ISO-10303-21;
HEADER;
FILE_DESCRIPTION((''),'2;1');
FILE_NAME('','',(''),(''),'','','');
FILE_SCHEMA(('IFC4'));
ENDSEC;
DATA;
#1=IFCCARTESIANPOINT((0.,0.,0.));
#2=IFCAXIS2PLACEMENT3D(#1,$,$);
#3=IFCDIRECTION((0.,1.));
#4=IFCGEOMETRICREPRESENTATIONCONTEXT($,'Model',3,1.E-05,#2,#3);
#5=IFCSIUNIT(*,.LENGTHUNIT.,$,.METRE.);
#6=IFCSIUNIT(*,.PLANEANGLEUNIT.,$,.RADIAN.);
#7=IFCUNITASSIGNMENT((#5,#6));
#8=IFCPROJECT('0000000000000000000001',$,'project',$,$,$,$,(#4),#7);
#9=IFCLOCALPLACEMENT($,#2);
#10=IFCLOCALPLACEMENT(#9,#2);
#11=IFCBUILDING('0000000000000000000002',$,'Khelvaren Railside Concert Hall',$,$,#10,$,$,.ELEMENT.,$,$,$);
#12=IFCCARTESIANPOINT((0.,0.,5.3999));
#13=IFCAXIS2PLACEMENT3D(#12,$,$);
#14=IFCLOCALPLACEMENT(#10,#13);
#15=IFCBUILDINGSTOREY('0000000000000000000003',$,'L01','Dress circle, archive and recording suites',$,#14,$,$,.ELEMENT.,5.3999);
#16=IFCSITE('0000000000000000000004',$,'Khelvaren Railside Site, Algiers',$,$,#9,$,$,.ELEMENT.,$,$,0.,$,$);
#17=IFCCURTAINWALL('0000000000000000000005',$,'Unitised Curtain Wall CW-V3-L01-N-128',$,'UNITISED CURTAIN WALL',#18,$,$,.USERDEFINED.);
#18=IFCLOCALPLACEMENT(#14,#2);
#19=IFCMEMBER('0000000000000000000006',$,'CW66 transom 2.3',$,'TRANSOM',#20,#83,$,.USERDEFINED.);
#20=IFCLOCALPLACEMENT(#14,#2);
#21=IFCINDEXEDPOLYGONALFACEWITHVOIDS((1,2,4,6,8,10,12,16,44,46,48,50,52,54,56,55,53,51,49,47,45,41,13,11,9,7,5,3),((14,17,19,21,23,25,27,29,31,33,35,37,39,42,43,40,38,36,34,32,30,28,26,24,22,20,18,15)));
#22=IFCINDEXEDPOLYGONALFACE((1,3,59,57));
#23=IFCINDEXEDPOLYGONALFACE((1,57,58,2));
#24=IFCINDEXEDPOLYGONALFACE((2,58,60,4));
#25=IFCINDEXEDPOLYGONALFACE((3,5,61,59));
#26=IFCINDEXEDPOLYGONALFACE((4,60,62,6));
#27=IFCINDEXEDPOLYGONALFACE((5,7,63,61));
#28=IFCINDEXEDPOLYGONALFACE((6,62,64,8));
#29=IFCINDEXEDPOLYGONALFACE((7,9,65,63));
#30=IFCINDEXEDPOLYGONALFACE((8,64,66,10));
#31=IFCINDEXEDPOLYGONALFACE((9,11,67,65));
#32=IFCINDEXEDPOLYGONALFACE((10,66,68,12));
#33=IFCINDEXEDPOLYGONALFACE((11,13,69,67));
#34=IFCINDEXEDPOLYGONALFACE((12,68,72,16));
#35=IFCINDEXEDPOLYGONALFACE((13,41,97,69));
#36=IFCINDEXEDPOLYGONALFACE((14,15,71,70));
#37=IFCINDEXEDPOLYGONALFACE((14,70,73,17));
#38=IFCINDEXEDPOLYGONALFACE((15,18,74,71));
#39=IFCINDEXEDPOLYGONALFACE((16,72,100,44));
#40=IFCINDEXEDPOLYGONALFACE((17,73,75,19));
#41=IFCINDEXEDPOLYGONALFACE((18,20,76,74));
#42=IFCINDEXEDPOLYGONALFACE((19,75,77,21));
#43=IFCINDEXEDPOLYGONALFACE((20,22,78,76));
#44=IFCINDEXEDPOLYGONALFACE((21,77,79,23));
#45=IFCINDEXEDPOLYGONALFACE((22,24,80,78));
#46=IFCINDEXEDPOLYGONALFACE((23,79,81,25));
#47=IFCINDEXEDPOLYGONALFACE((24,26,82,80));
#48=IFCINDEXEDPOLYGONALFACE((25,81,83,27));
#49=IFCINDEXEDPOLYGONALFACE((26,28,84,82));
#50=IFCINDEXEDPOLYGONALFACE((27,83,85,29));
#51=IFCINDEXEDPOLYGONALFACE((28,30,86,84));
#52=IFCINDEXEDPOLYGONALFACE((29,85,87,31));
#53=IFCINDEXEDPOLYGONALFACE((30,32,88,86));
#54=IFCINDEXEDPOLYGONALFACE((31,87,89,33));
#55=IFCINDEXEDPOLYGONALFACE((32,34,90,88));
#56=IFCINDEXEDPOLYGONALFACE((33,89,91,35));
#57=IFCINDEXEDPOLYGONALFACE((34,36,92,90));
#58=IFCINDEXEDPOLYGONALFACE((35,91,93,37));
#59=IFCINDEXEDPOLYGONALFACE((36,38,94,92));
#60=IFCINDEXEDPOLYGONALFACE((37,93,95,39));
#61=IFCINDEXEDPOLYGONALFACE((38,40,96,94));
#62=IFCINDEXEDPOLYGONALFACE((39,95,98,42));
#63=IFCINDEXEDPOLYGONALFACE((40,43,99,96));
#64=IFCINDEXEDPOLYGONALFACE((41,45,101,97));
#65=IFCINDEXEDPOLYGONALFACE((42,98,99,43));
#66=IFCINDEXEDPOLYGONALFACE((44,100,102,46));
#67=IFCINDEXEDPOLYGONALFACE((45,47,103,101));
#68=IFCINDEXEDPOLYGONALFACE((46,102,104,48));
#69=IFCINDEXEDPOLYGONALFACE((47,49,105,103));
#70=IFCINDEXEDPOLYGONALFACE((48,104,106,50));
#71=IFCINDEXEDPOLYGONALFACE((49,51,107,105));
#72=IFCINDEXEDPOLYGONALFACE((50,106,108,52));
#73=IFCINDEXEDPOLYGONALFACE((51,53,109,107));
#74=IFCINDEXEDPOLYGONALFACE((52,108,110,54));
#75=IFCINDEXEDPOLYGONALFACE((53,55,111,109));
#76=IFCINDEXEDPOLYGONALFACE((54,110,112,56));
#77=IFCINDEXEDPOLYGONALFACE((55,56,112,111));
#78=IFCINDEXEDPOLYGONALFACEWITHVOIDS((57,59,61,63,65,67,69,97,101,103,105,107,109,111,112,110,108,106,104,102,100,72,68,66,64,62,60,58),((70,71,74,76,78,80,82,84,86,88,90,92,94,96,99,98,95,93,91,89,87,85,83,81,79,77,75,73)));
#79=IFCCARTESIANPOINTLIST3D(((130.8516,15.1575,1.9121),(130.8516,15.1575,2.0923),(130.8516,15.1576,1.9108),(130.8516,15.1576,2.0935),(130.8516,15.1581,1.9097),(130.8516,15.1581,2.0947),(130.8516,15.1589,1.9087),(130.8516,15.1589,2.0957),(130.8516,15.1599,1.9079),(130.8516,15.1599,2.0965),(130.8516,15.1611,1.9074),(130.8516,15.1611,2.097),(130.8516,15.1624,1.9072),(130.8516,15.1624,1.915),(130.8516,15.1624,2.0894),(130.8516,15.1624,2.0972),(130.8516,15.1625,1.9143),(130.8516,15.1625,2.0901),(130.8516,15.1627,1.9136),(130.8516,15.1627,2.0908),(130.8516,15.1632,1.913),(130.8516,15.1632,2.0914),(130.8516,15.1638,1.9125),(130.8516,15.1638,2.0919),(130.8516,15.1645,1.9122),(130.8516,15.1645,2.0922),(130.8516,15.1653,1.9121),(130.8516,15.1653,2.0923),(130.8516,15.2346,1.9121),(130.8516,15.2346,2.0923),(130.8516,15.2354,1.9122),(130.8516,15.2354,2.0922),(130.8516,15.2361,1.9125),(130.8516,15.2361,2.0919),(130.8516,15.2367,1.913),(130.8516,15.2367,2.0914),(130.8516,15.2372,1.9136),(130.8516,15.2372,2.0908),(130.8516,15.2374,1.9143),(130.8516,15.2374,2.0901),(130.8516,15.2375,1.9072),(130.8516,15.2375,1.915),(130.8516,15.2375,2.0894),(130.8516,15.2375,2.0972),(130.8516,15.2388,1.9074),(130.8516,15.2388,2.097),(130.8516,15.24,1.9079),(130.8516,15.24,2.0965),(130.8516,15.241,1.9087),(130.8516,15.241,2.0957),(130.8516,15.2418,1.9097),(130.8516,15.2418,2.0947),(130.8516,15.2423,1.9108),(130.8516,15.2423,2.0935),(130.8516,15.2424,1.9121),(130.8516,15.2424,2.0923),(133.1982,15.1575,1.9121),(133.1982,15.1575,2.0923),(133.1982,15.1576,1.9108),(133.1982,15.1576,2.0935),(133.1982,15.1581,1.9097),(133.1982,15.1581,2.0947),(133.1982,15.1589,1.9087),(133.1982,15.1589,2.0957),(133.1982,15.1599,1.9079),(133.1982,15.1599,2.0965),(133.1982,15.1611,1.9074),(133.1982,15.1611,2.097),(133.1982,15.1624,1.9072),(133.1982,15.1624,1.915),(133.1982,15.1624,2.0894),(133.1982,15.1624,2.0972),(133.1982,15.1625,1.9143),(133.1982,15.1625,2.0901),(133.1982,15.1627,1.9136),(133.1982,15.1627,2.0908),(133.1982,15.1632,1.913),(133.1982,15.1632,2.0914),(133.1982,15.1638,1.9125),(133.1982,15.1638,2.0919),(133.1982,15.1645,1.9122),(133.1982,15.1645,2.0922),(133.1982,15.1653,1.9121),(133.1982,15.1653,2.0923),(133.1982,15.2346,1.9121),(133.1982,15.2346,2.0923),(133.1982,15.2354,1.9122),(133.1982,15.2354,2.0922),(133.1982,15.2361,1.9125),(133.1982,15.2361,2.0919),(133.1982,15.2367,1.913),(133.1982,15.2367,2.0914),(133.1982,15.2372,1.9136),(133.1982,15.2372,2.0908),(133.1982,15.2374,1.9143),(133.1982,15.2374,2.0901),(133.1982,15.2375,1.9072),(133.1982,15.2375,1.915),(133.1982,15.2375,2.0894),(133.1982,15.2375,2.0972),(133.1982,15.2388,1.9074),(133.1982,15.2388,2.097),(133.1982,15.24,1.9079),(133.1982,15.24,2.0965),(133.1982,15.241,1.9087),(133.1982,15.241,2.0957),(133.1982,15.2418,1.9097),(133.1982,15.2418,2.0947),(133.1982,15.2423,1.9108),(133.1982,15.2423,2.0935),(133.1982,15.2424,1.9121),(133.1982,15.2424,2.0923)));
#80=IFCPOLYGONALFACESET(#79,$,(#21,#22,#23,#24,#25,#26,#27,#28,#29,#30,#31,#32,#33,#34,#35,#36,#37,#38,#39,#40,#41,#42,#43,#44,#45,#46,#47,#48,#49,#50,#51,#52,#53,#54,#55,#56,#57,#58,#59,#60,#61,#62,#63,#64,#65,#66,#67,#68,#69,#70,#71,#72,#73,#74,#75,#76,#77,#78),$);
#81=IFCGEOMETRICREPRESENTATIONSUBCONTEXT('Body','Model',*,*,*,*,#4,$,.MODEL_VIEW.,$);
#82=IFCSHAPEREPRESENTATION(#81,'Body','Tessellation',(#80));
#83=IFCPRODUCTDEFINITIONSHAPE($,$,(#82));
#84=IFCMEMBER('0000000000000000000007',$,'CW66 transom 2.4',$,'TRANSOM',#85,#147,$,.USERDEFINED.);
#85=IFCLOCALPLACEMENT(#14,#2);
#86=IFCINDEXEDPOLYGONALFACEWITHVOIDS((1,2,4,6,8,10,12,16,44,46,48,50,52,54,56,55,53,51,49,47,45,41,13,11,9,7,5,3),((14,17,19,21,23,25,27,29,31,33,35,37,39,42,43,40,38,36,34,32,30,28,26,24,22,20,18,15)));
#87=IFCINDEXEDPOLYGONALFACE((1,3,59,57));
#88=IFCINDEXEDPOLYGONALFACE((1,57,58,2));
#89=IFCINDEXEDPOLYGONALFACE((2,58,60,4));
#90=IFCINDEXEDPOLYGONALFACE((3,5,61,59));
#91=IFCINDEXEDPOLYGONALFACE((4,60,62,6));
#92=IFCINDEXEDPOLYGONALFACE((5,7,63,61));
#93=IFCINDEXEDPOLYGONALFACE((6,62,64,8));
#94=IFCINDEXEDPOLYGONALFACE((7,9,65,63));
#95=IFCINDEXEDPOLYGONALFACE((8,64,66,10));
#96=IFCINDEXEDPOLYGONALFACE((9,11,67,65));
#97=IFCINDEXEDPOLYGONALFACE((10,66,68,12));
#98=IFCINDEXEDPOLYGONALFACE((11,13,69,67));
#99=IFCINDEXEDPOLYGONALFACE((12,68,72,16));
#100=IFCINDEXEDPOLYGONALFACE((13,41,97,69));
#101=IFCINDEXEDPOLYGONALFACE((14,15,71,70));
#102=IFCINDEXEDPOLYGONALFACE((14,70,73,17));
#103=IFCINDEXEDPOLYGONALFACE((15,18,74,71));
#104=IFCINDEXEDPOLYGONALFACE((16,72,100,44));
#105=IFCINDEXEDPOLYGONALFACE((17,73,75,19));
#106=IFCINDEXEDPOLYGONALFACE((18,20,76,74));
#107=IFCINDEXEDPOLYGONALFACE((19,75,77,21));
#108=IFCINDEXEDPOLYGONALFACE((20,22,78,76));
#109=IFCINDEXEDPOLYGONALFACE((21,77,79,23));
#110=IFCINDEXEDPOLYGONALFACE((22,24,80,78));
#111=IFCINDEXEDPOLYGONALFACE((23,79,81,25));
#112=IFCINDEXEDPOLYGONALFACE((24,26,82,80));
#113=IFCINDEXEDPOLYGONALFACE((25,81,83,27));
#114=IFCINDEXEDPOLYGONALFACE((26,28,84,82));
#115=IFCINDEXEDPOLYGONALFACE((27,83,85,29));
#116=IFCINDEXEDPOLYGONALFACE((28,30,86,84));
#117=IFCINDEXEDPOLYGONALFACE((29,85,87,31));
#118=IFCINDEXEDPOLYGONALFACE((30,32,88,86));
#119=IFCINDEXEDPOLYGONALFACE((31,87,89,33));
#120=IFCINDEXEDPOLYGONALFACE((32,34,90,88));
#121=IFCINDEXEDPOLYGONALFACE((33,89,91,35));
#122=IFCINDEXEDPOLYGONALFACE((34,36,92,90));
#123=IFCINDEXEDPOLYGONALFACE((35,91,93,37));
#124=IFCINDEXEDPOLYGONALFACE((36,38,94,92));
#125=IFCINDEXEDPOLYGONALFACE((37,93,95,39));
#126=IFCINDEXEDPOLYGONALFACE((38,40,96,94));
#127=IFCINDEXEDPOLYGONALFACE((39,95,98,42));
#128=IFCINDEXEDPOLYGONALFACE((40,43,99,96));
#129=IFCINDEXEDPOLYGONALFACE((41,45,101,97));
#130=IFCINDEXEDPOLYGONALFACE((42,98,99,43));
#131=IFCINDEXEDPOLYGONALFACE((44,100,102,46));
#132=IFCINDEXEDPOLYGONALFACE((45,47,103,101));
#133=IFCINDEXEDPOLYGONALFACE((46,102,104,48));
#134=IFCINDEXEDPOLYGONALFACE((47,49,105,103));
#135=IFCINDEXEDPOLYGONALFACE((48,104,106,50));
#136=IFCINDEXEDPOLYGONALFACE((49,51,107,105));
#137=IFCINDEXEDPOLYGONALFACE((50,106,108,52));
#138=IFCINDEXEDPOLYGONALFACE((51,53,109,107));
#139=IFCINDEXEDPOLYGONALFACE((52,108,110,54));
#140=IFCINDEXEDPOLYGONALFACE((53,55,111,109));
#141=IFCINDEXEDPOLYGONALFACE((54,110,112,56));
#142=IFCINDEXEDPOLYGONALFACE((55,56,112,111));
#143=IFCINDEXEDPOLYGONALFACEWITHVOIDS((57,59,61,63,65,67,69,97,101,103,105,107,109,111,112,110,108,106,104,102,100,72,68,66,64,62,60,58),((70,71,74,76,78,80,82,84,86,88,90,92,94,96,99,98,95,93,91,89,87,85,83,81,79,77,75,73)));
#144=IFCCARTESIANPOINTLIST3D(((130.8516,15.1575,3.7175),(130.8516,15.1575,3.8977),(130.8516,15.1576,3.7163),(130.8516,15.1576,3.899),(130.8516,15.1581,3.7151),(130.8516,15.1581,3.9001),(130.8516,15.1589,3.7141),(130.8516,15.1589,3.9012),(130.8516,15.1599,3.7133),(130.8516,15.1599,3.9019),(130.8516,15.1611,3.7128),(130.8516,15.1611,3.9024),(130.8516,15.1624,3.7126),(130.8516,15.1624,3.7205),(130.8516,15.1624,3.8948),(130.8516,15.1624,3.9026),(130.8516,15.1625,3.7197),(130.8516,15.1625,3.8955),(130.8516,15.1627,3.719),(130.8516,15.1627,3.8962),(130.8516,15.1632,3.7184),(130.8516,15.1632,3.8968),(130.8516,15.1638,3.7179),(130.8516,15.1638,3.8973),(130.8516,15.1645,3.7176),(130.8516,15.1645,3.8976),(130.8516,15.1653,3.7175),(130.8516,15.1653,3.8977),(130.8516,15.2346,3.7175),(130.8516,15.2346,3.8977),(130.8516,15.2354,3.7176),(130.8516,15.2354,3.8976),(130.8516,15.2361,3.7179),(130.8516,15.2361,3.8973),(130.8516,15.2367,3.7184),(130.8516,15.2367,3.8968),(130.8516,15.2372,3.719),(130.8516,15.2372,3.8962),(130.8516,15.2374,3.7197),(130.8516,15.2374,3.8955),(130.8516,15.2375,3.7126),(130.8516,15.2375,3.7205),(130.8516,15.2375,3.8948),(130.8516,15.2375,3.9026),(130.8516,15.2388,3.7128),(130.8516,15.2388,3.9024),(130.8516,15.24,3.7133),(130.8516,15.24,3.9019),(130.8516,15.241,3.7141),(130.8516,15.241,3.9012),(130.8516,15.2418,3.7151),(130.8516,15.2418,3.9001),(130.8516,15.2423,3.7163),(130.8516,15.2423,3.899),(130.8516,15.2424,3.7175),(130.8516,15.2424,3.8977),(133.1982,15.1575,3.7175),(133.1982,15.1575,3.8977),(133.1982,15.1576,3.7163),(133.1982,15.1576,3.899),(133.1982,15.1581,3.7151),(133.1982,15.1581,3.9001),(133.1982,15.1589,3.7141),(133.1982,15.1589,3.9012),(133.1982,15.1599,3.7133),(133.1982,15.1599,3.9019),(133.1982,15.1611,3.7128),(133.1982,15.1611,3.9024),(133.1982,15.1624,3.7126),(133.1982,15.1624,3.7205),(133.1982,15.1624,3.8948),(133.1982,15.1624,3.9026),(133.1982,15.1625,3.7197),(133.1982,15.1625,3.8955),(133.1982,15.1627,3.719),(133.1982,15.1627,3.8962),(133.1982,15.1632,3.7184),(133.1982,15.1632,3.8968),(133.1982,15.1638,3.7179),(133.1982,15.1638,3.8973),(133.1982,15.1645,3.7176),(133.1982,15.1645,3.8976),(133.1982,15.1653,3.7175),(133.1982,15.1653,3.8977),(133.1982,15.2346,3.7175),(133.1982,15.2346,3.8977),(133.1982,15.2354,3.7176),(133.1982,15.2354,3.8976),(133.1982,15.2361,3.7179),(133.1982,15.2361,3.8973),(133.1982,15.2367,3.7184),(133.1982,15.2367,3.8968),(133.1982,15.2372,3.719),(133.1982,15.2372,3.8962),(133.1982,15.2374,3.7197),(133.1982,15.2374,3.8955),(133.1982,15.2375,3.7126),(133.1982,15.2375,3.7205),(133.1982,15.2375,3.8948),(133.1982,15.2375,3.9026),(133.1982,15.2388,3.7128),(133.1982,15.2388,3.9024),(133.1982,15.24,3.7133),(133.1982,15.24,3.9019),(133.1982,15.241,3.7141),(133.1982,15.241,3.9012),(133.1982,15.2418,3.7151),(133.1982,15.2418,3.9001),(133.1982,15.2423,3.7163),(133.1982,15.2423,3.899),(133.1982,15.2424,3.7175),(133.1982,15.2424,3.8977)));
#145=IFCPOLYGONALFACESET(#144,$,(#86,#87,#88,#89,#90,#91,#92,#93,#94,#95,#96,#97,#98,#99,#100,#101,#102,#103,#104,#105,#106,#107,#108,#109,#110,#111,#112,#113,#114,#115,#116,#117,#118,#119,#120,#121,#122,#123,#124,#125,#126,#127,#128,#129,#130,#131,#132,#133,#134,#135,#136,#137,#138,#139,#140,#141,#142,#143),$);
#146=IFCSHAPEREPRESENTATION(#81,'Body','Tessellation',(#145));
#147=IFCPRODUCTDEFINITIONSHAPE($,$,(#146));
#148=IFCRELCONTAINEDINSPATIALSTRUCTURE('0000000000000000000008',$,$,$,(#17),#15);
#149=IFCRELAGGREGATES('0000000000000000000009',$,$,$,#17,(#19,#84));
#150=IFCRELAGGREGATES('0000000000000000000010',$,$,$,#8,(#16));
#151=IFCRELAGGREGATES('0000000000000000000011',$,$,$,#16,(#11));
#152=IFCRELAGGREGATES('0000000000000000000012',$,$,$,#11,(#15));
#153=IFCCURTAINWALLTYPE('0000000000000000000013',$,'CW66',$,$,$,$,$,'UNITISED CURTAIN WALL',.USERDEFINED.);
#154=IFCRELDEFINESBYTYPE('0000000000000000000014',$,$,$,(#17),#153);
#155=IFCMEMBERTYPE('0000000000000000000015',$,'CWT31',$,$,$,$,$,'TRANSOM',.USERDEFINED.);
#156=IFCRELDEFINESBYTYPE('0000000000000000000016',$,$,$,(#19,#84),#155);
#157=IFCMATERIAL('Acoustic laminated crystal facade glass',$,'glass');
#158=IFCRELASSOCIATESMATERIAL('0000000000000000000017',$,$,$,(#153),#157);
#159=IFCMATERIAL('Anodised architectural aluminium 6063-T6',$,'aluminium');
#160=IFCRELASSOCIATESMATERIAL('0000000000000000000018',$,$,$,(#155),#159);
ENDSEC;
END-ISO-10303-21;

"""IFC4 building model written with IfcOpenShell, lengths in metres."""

from ifc_helpers import new_model, si_unit, direction, frame, origin, origin_2d, place, context, subcontext, project, spatial, hollow_rectangle, extrude, material, material_profile, profile_set, type_object, element, aggregate, save


model = new_model("IFC4")

# Units and contexts
model_context = context("Model", 3, precision=1e-05, world=origin(), true_north=direction((0.0, 1.0)))
body_context = subcontext(model_context, "Body", "Model", "MODEL_VIEW")
ifc_project = project(units=[si_unit("LENGTHUNIT", "METRE"), si_unit("PLANEANGLEUNIT", "RADIAN")], contexts=[model_context])

# Site, building, storey
site_placement = place(None, origin())
site = spatial("IfcSite", under=ifc_project, at=site_placement, Name="Khelvaren Railside Site, Algiers", CompositionType="ELEMENT", RefElevation=0.0)
building_placement = place(site_placement, origin())
building = spatial("IfcBuilding", under=site, at=building_placement, Name="Khelvaren Railside Concert Hall", CompositionType="ELEMENT")
storey_placement = place(building_placement, frame((0.0, 0.0, 5.3999)))
storey = spatial("IfcBuildingStorey", under=building, at=storey_placement, Name="L01", Description="Dress circle, archive and recording suites", CompositionType="ELEMENT", Elevation=5.3999)

# Shared definitions
ifc_material_1 = material(Name="Acoustic laminated crystal facade glass", Category="glass")
ifc_material_2 = material(Name="Anodised architectural aluminium 6063-T6", Category="aluminium")

# Curtain wall, members
curtain_wall_type_1 = type_object("IfcCurtainWallType", Name="CW66", ElementType="UNITISED CURTAIN WALL", PredefinedType="USERDEFINED", material=ifc_material_1)
curtain_wall_1_placement = place(storey_placement, origin())
curtain_wall_1 = element("IfcCurtainWall", 1, at=curtain_wall_1_placement, inside=storey, type_object=curtain_wall_type_1, Name="Unitised Curtain Wall CW-V3-L01-N-128", ObjectType="UNITISED CURTAIN WALL", PredefinedType="USERDEFINED")
ifc_material_profile_1 = material_profile(ifc_material_2, hollow_rectangle(XDim=0.085, YDim=0.1899, WallThickness=0.0049, InnerFilletRadius=0.0029, OuterFilletRadius=0.0049, at=origin_2d()), Name="CWT 85x190x5")
ifc_profile_set_1 = profile_set([ifc_material_profile_1], Name="Anodised architectural aluminium 6063-T6")
member_type_1 = type_object("IfcMemberType", Name="CWT31", ElementType="TRANSOM", PredefinedType="USERDEFINED", material=ifc_profile_set_1)
member_1_placement = place(storey_placement, frame((130.8516, 15.2, 2.0022), z_axis=(1.0, 0.0, 0.0), x_axis=(0.0, 1.0, 0.0)))
member_1 = element("IfcMember", 2, at=member_1_placement, type_object=member_type_1, Name="CW66 transom 2.3", ObjectType="TRANSOM", PredefinedType="USERDEFINED", context=body_context, shape_type="SweptSolid", body=[
    extrude(hollow_rectangle(XDim=0.085, YDim=0.1899, WallThickness=0.0049, InnerFilletRadius=0.0029, OuterFilletRadius=0.0049, at=origin_2d()), origin(), (0.0, 0.0, 1.0), 2.3467),
])
member_2_placement = place(storey_placement, frame((130.8516, 15.2, 3.8076), z_axis=(1.0, 0.0, 0.0), x_axis=(0.0, 1.0, 0.0)))
member_2 = element("IfcMember", 3, at=member_2_placement, type_object=member_type_1, Name="CW66 transom 2.4", ObjectType="TRANSOM", PredefinedType="USERDEFINED", context=body_context, shape_type="SweptSolid", body=[
    extrude(hollow_rectangle(XDim=0.085, YDim=0.1899, WallThickness=0.0049, InnerFilletRadius=0.0029, OuterFilletRadius=0.0049, at=origin_2d()), origin(), (0.0, 0.0, 1.0), 2.3467),
])

aggregate(curtain_wall_1, [member_1, member_2])

save(model, "model.ifc")
